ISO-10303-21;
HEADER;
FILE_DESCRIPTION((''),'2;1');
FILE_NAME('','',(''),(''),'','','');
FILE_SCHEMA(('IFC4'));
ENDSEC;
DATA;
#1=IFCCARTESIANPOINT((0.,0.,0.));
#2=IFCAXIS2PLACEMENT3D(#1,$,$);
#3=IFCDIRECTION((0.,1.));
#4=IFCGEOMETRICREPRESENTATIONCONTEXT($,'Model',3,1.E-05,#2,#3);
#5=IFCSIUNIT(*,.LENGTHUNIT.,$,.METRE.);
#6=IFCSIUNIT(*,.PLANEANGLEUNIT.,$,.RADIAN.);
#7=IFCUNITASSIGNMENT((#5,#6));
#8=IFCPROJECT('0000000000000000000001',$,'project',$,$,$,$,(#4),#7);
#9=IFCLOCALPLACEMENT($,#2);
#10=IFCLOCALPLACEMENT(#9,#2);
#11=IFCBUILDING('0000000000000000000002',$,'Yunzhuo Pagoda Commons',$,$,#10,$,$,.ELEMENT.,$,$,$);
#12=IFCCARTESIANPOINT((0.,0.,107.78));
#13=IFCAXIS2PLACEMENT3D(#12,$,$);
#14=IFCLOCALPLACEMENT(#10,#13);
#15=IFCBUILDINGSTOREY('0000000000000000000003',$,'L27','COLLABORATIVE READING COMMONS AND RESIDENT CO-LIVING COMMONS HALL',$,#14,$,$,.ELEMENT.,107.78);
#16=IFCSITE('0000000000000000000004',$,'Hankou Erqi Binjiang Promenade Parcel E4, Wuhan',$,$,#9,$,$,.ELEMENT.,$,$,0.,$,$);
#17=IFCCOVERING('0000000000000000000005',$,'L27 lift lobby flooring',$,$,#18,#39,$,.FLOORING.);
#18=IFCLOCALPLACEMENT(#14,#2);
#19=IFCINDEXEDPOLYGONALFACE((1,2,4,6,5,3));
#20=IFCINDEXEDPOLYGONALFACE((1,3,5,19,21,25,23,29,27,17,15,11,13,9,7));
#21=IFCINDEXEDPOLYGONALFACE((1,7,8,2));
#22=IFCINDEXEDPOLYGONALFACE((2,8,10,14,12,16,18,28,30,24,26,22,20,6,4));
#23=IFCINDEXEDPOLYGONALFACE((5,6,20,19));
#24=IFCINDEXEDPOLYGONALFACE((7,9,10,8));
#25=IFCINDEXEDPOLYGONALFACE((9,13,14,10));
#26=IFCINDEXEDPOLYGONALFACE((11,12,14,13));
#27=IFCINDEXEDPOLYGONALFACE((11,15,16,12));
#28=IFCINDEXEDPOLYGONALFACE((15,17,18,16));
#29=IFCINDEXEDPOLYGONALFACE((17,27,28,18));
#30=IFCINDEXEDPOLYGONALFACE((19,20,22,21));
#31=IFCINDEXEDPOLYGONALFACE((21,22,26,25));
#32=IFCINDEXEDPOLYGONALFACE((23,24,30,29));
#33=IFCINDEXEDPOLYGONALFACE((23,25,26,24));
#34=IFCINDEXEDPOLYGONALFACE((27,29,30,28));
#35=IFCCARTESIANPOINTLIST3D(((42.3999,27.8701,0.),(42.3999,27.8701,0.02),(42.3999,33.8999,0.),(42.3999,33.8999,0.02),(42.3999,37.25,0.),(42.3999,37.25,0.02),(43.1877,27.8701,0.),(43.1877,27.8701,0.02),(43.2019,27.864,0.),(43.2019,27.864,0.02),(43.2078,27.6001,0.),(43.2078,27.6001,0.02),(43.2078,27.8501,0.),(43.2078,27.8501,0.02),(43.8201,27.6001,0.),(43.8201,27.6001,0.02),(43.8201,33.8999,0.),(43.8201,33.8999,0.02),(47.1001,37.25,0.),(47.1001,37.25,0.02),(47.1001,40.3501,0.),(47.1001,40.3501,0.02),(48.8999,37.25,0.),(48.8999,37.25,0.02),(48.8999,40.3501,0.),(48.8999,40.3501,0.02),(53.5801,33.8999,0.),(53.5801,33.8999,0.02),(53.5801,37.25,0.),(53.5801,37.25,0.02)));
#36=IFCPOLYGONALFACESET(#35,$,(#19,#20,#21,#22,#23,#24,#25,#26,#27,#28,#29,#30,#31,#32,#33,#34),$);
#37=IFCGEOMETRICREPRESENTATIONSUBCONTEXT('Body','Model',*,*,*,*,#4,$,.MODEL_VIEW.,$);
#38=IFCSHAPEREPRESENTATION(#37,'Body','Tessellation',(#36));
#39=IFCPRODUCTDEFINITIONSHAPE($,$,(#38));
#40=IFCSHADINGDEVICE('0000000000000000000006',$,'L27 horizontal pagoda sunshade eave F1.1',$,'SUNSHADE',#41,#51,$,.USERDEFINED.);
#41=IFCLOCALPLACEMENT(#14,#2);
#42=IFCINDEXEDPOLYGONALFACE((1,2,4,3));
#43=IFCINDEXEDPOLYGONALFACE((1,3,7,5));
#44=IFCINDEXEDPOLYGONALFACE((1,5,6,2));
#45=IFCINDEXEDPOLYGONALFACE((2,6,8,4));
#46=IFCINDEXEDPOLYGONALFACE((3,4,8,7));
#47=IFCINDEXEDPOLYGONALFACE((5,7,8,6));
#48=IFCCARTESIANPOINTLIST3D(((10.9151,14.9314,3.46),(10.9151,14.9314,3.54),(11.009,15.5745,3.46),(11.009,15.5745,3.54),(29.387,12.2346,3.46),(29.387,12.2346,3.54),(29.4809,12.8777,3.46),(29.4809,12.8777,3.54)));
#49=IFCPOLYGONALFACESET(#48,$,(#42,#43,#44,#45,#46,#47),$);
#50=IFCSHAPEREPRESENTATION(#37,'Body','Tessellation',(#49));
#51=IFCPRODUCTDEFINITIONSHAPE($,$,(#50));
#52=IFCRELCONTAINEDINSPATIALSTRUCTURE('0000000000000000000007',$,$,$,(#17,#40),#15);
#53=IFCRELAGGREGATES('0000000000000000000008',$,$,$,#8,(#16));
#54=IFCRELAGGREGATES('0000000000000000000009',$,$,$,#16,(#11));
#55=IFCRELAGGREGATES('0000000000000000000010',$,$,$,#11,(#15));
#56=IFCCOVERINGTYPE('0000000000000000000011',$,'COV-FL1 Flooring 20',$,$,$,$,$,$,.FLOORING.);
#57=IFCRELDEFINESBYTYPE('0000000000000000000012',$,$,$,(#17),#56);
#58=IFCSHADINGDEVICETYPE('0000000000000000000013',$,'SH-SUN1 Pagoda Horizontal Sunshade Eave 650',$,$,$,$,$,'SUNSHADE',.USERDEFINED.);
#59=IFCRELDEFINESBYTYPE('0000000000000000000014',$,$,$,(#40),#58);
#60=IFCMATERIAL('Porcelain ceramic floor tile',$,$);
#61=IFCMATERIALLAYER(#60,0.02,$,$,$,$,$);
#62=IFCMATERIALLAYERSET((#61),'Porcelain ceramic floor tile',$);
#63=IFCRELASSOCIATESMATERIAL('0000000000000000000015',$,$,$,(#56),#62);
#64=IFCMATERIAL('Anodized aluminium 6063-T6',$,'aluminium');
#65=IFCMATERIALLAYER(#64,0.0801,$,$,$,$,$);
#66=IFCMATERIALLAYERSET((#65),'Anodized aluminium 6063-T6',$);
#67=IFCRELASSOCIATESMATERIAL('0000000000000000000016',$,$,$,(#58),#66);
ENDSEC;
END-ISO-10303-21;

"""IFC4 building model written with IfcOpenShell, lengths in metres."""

from ifc_helpers import new_model, si_unit, direction, frame, origin, origin_2d, place, context, subcontext, project, spatial, polyline, rectangle, outline, extrude, source, transform, mapped, material, layer, layer_set, type_object, element, save


model = new_model("IFC4")

# Units and contexts
model_context = context("Model", 3, precision=1e-05, world=origin(), true_north=direction((0.0, 1.0)))
body_context = subcontext(model_context, "Body", "Model", "MODEL_VIEW")
ifc_project = project(units=[si_unit("LENGTHUNIT", "METRE"), si_unit("PLANEANGLEUNIT", "RADIAN")], contexts=[model_context])

# Site, building, storey
site_placement = place(None, origin())
site = spatial("IfcSite", under=ifc_project, at=site_placement, Name="Hankou Erqi Binjiang Promenade Parcel E4, Wuhan", CompositionType="ELEMENT", RefElevation=0.0)
building_placement = place(site_placement, origin())
building = spatial("IfcBuilding", under=site, at=building_placement, Name="Yunzhuo Pagoda Commons", CompositionType="ELEMENT")
storey_placement = place(building_placement, frame((0.0, 0.0, 107.78)))
storey = spatial("IfcBuildingStorey", under=building, at=storey_placement, Name="L27", Description="COLLABORATIVE READING COMMONS AND RESIDENT CO-LIVING COMMONS HALL", CompositionType="ELEMENT", Elevation=107.78)

# Shared definitions
ifc_material_1 = material(Name="Anodized aluminium 6063-T6", Category="aluminium")

# Covering
ifc_material_2 = material(Name="Porcelain ceramic floor tile")
ifc_layer_1 = layer(ifc_material_2, 0.02)
ifc_layer_set_1 = layer_set([ifc_layer_1], Name="Porcelain ceramic floor tile")
covering_type_1 = type_object("IfcCoveringType", Name="COV-FL1 Flooring 20", PredefinedType="FLOORING", material=ifc_layer_set_1)
covering_1_placement = place(storey_placement, origin())
element("IfcCovering", 1, at=covering_1_placement, inside=storey, type_object=covering_type_1, Name="L27 lift lobby flooring", PredefinedType="FLOORING", context=body_context, shape_type="SweptSolid", body=[
    extrude(outline(polyline([(43.2078, 27.8501), (43.2019, 27.864), (43.1877, 27.8701), (42.3999, 27.8701), (42.3999, 33.8999), (42.3999, 37.25), (47.1001, 37.25), (47.1001, 40.3501), (48.8999, 40.3501), (48.8999, 37.25), (53.5801, 37.25), (53.5801, 33.8999), (43.8201, 33.8999), (43.8201, 27.6001), (43.2078, 27.6001), (43.2078, 27.8501)])), origin(), (0.0, 0.0, 1.0), 0.02),
])

# Shading device
ifc_layer_2 = layer(ifc_material_1, 0.0801)
ifc_layer_set_2 = layer_set([ifc_layer_2], Name="Anodized aluminium 6063-T6")
shading_device_type = type_object("IfcShadingDeviceType", Name="SH-SUN1 Pagoda Horizontal Sunshade Eave 650", ElementType="SUNSHADE", PredefinedType="USERDEFINED", material=ifc_layer_set_2)
shared_shape_1 = source(origin(), body_context, "Body", "SweptSolid", [
    extrude(rectangle(XDim=18.6677, YDim=0.6499, at=origin_2d()), origin(), (0.0, 0.0, 1.0), 0.0801),
])
shading_device_placement = place(storey_placement, frame((20.198, 13.9045, 3.46), z_axis=(0.0, 0.0, 1.0), x_axis=(0.989511, -0.14446, 0.0)))
element("IfcShadingDevice", 2, at=shading_device_placement, inside=storey, type_object=shading_device_type, Name="L27 horizontal pagoda sunshade eave F1.1", ObjectType="SUNSHADE", PredefinedType="USERDEFINED", context=body_context, shape_type="MappedRepresentation", body=[
    mapped(shared_shape_1, transform((0.0, 0.0, 0.0), scale=1.0)),
])

save(model, "model.ifc")
